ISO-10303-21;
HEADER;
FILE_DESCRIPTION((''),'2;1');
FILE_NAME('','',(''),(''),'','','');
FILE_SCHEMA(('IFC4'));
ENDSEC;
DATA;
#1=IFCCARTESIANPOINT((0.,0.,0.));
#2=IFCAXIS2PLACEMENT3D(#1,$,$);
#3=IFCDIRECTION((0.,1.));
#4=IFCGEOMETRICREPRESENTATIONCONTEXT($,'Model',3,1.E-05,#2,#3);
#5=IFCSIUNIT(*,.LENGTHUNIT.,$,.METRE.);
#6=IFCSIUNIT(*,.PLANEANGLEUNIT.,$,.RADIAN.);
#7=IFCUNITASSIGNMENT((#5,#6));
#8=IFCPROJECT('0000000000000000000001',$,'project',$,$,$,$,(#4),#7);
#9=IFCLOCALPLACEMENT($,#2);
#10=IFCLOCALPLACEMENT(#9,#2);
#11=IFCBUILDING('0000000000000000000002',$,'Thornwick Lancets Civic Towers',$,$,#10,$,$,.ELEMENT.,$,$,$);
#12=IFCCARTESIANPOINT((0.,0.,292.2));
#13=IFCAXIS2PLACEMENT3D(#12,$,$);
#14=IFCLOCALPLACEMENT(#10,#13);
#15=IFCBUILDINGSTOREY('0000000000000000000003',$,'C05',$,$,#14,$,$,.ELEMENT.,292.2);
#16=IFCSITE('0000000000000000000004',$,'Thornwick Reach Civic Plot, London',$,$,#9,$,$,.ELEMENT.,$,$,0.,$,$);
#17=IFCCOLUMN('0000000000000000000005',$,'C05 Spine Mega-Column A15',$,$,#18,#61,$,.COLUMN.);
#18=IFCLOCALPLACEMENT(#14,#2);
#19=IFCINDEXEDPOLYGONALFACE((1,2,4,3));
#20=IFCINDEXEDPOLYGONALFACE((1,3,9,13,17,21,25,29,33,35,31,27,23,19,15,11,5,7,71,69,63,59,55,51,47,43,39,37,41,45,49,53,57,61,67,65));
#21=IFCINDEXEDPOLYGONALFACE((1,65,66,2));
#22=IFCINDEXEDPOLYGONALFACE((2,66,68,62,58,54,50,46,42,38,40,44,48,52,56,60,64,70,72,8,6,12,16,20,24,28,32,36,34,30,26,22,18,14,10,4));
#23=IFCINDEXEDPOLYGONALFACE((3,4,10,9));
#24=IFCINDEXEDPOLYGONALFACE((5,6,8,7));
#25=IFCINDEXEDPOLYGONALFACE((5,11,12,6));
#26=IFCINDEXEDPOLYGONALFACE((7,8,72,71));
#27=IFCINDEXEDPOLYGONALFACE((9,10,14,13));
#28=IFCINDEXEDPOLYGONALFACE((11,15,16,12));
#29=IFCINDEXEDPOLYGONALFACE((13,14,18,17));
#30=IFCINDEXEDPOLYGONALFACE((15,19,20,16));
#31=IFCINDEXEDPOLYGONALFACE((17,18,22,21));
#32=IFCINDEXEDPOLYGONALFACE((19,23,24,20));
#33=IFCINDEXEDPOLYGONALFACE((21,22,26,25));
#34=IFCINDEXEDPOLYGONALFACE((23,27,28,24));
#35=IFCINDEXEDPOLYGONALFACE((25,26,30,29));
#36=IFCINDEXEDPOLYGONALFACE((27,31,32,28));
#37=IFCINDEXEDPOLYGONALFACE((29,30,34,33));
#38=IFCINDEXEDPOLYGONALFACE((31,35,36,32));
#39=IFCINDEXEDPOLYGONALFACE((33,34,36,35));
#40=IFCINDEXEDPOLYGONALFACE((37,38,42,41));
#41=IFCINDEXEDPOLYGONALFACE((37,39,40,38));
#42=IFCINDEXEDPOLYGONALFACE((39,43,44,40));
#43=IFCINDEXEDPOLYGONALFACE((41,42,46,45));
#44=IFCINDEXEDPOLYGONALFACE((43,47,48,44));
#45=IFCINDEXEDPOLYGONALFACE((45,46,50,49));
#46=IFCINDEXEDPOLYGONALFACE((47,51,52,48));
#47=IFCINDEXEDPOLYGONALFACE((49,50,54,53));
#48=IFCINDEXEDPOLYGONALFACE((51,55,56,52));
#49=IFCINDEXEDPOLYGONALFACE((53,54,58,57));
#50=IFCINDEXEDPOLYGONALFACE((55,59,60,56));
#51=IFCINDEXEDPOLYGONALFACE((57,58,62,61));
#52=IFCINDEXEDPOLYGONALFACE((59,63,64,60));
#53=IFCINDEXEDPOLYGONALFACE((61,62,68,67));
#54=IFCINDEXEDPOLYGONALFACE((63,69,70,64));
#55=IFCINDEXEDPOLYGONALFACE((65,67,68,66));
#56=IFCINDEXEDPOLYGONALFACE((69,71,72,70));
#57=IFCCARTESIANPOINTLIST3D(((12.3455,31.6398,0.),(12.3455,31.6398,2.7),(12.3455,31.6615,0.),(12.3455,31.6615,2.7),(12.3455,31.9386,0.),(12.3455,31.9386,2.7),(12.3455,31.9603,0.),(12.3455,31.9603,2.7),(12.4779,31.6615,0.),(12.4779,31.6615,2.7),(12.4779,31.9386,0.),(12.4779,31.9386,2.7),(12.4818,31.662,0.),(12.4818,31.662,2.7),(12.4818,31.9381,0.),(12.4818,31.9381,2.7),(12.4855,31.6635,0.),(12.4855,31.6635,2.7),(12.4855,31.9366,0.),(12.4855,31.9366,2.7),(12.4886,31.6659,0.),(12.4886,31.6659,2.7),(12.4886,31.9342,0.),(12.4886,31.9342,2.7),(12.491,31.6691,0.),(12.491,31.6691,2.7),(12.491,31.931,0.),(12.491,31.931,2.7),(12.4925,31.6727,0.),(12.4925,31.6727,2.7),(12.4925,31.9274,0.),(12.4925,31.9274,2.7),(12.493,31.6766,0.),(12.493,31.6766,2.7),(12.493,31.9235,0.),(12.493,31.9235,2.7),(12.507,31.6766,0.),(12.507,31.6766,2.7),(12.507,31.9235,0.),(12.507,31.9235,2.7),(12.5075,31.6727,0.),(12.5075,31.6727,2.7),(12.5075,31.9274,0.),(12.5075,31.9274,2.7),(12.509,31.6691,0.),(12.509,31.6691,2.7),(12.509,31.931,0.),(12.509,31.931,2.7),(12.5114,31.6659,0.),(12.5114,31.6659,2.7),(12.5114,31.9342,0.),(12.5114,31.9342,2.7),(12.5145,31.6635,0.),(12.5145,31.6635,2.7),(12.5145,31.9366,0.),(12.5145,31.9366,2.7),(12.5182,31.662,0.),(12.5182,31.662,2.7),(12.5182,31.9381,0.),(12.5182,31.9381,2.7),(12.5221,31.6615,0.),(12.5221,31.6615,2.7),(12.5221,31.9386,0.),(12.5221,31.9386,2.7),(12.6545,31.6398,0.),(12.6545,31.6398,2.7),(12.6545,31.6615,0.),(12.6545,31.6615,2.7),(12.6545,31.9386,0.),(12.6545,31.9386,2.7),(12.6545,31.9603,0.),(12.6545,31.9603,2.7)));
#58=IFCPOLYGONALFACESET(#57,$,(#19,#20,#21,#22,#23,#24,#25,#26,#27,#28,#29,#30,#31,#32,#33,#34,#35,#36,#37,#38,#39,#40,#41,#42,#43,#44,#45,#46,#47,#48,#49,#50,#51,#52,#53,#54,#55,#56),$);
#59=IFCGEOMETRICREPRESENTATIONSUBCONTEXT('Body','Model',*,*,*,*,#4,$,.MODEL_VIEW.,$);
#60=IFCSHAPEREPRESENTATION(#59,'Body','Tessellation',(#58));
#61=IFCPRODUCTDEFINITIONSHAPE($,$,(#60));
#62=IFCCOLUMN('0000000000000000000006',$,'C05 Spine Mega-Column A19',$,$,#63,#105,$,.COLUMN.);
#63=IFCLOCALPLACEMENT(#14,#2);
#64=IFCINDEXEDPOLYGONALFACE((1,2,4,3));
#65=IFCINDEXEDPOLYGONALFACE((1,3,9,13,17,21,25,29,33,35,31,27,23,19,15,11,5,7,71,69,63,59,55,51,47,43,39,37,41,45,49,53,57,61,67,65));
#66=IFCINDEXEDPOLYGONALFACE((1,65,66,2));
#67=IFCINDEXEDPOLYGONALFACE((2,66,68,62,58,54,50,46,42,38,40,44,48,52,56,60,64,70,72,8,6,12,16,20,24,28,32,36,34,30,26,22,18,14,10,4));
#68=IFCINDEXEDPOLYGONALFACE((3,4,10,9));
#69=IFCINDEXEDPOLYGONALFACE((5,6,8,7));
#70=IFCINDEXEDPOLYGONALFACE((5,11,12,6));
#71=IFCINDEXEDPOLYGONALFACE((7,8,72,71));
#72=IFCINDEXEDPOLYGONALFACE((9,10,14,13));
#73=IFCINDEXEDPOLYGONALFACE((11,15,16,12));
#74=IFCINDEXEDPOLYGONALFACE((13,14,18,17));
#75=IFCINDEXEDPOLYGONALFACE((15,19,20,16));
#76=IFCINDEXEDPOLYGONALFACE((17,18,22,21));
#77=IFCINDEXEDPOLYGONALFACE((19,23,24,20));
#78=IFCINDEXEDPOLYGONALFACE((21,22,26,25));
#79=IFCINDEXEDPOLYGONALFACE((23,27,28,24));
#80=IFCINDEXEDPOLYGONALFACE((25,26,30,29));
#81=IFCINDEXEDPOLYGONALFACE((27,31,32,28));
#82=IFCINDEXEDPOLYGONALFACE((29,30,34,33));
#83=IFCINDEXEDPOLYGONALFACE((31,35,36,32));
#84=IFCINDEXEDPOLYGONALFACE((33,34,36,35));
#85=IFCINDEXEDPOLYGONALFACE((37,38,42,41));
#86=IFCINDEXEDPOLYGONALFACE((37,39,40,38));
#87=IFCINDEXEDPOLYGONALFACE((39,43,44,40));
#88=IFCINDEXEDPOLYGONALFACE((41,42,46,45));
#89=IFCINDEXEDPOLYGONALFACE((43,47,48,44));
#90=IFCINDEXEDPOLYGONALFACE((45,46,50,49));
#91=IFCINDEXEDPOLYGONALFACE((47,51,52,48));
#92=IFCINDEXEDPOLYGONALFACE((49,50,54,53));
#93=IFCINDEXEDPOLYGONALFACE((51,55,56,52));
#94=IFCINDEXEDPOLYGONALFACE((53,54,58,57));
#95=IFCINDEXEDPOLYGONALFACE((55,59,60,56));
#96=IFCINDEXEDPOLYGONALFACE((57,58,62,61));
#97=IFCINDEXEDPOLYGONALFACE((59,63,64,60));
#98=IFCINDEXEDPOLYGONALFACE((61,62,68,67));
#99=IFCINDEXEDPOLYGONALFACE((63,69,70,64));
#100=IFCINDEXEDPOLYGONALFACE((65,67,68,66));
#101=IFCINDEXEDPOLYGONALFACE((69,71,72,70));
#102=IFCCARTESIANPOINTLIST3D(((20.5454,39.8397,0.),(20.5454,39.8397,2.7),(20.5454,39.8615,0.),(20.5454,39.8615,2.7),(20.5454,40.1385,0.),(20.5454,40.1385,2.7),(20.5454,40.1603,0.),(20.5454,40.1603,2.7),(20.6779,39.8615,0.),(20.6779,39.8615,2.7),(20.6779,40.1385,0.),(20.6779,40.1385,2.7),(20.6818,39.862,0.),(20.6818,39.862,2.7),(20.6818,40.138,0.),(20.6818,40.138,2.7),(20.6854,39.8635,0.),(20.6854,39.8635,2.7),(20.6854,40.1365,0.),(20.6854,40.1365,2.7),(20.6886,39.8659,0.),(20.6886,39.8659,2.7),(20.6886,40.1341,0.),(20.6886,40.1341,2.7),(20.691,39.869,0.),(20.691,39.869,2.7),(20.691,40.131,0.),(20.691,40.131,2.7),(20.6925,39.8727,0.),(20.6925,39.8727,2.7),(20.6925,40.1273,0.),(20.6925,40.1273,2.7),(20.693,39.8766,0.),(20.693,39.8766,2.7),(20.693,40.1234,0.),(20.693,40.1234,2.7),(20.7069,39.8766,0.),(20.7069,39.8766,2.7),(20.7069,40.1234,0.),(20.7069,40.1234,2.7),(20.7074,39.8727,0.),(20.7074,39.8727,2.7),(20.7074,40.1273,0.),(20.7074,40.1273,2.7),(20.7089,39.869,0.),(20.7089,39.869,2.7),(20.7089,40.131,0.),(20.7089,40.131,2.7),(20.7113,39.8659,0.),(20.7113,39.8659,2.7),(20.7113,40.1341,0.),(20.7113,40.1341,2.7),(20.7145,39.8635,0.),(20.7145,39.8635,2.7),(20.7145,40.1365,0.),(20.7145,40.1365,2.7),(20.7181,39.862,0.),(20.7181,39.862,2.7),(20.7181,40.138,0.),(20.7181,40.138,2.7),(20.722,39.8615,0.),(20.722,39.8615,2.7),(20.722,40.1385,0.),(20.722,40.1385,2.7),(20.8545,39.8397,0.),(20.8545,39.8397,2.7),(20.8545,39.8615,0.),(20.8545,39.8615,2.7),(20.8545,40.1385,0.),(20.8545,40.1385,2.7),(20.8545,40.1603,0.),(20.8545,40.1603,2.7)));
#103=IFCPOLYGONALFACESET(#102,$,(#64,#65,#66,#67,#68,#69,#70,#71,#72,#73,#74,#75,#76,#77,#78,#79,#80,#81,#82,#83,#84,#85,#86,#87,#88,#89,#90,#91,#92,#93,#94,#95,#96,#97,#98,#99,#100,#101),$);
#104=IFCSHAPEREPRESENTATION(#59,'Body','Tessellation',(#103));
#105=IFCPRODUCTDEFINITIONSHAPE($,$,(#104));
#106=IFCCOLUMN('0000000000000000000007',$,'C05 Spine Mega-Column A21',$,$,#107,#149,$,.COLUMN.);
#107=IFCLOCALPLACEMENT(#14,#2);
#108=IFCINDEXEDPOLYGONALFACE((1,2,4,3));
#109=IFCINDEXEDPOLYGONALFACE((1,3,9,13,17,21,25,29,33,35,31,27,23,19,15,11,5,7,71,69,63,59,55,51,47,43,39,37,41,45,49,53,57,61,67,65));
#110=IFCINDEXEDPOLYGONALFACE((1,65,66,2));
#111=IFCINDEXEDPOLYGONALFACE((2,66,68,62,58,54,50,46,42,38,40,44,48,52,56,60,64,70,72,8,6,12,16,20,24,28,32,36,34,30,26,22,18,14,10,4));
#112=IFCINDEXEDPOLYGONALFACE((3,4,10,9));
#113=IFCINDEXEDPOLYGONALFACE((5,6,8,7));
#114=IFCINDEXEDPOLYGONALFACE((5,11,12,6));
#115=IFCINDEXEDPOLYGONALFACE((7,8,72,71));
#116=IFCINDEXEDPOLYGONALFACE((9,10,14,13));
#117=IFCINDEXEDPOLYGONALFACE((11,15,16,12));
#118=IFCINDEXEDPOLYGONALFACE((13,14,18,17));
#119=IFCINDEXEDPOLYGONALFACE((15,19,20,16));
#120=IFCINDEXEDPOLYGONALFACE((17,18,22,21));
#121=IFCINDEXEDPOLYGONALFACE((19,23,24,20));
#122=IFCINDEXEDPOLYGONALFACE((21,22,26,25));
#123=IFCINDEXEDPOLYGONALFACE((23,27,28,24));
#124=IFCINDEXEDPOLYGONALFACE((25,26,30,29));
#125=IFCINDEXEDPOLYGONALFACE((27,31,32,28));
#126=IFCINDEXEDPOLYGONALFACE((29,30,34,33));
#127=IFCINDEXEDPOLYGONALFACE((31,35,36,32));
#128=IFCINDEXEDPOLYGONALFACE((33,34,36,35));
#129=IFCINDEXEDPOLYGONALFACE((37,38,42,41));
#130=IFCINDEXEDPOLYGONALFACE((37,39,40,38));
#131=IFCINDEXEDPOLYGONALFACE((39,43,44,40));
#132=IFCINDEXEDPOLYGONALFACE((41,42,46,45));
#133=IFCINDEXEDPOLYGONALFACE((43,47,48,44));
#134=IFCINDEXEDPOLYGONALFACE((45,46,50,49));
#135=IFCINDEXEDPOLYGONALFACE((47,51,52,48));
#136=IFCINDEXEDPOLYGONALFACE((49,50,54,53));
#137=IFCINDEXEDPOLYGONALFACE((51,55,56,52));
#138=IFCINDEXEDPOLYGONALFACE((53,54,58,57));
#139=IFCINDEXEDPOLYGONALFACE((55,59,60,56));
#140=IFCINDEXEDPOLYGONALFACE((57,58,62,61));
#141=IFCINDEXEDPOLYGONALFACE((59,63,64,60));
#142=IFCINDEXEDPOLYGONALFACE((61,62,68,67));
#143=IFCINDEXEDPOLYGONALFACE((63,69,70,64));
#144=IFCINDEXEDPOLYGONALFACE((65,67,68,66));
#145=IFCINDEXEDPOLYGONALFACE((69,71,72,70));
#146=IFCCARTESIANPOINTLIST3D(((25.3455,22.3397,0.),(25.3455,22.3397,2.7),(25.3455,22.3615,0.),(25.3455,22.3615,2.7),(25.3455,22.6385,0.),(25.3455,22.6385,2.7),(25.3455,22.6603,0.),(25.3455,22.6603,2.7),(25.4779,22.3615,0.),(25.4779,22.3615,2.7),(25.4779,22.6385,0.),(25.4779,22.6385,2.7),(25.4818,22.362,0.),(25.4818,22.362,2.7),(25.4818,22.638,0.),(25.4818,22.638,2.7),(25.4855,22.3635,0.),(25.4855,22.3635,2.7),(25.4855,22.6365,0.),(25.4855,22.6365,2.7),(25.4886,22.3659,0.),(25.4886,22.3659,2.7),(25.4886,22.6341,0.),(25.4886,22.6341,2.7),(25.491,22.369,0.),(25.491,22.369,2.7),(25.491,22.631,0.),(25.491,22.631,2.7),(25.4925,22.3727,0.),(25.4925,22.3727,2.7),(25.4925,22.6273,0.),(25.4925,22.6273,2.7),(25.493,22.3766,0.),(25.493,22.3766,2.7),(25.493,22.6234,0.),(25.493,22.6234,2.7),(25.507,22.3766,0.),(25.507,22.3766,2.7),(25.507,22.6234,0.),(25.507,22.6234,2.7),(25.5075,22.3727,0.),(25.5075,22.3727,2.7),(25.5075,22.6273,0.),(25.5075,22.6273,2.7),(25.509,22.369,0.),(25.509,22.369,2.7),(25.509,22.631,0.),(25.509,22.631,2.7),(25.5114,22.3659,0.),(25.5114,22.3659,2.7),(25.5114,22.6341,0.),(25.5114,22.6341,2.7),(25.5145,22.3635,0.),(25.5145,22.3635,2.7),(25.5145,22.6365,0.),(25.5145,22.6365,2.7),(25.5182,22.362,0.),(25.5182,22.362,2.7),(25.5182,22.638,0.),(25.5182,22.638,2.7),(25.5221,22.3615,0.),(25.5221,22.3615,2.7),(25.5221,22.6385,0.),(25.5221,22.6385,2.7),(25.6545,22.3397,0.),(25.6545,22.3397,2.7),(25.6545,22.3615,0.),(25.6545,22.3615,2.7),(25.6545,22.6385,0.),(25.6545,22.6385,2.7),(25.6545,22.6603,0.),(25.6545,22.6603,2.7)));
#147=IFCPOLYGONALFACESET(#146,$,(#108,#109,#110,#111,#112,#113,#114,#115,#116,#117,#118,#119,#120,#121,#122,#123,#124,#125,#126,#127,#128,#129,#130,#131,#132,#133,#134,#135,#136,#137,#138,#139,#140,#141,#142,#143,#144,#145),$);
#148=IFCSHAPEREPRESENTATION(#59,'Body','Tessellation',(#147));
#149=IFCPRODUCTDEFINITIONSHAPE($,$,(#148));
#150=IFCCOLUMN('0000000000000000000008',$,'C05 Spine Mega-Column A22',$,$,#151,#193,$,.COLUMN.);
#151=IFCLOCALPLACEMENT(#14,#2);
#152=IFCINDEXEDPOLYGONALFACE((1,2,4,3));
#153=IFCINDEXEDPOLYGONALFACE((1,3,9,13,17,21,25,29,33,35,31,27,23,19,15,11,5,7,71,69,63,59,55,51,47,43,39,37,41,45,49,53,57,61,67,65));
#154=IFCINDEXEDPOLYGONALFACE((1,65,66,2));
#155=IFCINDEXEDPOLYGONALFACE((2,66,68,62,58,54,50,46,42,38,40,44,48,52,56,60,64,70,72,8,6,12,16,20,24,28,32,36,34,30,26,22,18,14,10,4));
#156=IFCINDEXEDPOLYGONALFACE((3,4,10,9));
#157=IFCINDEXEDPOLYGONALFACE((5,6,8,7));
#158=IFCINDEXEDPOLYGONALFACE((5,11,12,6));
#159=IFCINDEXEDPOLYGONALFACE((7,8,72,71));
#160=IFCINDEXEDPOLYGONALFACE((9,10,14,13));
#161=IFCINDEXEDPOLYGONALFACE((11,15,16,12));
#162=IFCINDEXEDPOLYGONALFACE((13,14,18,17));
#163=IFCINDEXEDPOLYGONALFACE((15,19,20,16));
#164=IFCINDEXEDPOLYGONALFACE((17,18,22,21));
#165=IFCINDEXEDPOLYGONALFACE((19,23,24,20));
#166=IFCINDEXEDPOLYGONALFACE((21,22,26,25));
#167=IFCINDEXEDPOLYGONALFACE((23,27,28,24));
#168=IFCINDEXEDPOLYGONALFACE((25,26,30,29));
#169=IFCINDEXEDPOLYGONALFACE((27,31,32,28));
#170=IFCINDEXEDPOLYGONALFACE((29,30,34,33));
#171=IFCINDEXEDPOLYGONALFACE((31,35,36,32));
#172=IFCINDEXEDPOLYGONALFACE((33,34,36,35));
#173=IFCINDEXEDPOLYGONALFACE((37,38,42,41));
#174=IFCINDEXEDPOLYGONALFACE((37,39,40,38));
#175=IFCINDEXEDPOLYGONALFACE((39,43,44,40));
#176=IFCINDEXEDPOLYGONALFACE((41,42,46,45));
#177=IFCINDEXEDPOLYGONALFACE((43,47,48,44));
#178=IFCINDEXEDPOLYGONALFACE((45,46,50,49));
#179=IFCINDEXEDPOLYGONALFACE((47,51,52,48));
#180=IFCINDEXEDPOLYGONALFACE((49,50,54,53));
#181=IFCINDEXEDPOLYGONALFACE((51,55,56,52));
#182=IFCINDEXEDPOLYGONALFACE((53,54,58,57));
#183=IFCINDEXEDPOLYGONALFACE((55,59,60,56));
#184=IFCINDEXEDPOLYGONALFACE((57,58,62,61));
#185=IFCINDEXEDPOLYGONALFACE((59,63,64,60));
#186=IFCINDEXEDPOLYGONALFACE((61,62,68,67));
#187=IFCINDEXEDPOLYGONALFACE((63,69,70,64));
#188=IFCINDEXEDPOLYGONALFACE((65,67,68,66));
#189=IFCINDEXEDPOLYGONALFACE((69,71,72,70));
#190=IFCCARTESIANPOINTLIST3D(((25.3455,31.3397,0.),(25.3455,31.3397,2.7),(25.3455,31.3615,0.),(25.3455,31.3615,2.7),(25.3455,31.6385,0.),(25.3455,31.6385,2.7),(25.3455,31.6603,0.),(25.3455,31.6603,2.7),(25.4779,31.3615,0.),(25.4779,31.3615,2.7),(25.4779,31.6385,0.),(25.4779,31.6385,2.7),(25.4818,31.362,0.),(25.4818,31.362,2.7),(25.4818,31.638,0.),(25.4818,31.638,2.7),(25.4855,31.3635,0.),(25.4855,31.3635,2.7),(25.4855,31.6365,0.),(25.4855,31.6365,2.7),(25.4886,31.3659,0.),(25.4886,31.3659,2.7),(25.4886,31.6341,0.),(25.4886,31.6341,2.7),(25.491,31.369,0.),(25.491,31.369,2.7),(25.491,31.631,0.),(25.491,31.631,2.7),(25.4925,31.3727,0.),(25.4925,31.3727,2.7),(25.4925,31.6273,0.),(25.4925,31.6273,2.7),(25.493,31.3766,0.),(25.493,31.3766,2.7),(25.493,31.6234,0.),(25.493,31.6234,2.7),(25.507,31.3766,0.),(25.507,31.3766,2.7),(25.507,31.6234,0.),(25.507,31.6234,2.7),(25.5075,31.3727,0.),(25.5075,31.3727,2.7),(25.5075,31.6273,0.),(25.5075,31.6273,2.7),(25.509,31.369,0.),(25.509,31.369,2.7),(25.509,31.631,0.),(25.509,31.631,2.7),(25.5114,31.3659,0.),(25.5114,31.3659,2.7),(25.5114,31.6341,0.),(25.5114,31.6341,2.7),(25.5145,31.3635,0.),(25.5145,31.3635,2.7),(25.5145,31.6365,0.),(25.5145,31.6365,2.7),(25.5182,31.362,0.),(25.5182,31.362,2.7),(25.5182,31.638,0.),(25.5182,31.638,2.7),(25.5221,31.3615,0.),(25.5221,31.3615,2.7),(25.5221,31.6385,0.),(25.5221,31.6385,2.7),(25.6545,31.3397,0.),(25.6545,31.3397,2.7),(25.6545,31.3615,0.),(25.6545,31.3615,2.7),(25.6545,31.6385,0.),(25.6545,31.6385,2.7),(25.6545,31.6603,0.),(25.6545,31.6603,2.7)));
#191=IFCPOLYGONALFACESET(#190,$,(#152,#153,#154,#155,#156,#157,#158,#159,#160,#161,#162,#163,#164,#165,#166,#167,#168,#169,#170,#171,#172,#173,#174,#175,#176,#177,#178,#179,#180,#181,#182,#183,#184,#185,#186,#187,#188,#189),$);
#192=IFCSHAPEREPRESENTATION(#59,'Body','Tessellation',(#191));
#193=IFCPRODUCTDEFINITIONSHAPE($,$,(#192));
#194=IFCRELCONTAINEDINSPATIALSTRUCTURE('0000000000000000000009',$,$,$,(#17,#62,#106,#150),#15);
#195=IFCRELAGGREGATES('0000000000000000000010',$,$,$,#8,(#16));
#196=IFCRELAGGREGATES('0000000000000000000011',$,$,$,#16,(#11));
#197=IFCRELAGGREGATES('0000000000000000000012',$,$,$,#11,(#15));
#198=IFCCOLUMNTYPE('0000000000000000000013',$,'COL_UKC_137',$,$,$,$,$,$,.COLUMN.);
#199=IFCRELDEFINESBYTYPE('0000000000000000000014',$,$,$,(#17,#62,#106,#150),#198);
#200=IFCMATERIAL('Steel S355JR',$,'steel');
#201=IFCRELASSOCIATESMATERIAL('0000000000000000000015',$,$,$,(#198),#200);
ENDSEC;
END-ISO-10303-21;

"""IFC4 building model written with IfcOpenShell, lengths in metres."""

from ifc_helpers import new_model, si_unit, direction, frame, origin, origin_2d, place, context, subcontext, project, spatial, i_section, extrude, material, material_profile, profile_set, type_object, element, save


model = new_model("IFC4")

# Units and contexts
model_context = context("Model", 3, precision=1e-05, world=origin(), true_north=direction((0.0, 1.0)))
body_context = subcontext(model_context, "Body", "Model", "MODEL_VIEW")
ifc_project = project(units=[si_unit("LENGTHUNIT", "METRE"), si_unit("PLANEANGLEUNIT", "RADIAN")], contexts=[model_context])

# Site, building, storey
site_placement = place(None, origin())
site = spatial("IfcSite", under=ifc_project, at=site_placement, Name="Thornwick Reach Civic Plot, London", CompositionType="ELEMENT", RefElevation=0.0)
building_placement = place(site_placement, origin())
building = spatial("IfcBuilding", under=site, at=building_placement, Name="Thornwick Lancets Civic Towers", CompositionType="ELEMENT")
storey_placement = place(building_placement, frame((0.0, 0.0, 292.2)))
storey = spatial("IfcBuildingStorey", under=building, at=storey_placement, Name="C05", CompositionType="ELEMENT", Elevation=292.2)

# Columns
ifc_material_1 = material(Name="Steel S355JR", Category="steel")
ifc_material_profile_1 = material_profile(ifc_material_1, i_section(OverallWidth=0.3091, OverallDepth=0.3206, WebThickness=0.0139, FlangeThickness=0.0217, FilletRadius=0.0151, at=origin_2d()), Name="UKC 305x305x137")
ifc_profile_set_1 = profile_set([ifc_material_profile_1], Name="Steel S355JR")
column_type = type_object("IfcColumnType", Name="COL_UKC_137", PredefinedType="COLUMN", material=ifc_profile_set_1)
for number, where, z_axis, x_axis, name in (
    (1, (12.5, 31.8, 0.0), (0.0, 0.0, 1.0), (1.0, 0.0, 0.0), "C05 Spine Mega-Column A15"),
    (2, (20.7, 40.0, 0.0), (0.0, 0.0, 1.0), (1.0, 0.0, 0.0), "C05 Spine Mega-Column A19"),
    (3, (25.5, 22.5, 0.0), (0.0, 0.0, 1.0), (1.0, 0.0, 0.0), "C05 Spine Mega-Column A21"),
    (4, (25.5, 31.5, 0.0), (0.0, 0.0, 1.0), (1.0, 0.0, 0.0), "C05 Spine Mega-Column A22"),
):
    element("IfcColumn", number, at=place(storey_placement, frame(where, z_axis=z_axis, x_axis=x_axis)), inside=storey, type_object=column_type, Name=name, PredefinedType="COLUMN", context=body_context, shape_type="SweptSolid", body=[
        extrude(i_section(OverallWidth=0.3091, OverallDepth=0.3206, WebThickness=0.0139, FlangeThickness=0.0217, FilletRadius=0.0151, at=origin_2d()), origin(), (0.0, 0.0, 1.0), 2.7),
    ])

save(model, "model.ifc")
